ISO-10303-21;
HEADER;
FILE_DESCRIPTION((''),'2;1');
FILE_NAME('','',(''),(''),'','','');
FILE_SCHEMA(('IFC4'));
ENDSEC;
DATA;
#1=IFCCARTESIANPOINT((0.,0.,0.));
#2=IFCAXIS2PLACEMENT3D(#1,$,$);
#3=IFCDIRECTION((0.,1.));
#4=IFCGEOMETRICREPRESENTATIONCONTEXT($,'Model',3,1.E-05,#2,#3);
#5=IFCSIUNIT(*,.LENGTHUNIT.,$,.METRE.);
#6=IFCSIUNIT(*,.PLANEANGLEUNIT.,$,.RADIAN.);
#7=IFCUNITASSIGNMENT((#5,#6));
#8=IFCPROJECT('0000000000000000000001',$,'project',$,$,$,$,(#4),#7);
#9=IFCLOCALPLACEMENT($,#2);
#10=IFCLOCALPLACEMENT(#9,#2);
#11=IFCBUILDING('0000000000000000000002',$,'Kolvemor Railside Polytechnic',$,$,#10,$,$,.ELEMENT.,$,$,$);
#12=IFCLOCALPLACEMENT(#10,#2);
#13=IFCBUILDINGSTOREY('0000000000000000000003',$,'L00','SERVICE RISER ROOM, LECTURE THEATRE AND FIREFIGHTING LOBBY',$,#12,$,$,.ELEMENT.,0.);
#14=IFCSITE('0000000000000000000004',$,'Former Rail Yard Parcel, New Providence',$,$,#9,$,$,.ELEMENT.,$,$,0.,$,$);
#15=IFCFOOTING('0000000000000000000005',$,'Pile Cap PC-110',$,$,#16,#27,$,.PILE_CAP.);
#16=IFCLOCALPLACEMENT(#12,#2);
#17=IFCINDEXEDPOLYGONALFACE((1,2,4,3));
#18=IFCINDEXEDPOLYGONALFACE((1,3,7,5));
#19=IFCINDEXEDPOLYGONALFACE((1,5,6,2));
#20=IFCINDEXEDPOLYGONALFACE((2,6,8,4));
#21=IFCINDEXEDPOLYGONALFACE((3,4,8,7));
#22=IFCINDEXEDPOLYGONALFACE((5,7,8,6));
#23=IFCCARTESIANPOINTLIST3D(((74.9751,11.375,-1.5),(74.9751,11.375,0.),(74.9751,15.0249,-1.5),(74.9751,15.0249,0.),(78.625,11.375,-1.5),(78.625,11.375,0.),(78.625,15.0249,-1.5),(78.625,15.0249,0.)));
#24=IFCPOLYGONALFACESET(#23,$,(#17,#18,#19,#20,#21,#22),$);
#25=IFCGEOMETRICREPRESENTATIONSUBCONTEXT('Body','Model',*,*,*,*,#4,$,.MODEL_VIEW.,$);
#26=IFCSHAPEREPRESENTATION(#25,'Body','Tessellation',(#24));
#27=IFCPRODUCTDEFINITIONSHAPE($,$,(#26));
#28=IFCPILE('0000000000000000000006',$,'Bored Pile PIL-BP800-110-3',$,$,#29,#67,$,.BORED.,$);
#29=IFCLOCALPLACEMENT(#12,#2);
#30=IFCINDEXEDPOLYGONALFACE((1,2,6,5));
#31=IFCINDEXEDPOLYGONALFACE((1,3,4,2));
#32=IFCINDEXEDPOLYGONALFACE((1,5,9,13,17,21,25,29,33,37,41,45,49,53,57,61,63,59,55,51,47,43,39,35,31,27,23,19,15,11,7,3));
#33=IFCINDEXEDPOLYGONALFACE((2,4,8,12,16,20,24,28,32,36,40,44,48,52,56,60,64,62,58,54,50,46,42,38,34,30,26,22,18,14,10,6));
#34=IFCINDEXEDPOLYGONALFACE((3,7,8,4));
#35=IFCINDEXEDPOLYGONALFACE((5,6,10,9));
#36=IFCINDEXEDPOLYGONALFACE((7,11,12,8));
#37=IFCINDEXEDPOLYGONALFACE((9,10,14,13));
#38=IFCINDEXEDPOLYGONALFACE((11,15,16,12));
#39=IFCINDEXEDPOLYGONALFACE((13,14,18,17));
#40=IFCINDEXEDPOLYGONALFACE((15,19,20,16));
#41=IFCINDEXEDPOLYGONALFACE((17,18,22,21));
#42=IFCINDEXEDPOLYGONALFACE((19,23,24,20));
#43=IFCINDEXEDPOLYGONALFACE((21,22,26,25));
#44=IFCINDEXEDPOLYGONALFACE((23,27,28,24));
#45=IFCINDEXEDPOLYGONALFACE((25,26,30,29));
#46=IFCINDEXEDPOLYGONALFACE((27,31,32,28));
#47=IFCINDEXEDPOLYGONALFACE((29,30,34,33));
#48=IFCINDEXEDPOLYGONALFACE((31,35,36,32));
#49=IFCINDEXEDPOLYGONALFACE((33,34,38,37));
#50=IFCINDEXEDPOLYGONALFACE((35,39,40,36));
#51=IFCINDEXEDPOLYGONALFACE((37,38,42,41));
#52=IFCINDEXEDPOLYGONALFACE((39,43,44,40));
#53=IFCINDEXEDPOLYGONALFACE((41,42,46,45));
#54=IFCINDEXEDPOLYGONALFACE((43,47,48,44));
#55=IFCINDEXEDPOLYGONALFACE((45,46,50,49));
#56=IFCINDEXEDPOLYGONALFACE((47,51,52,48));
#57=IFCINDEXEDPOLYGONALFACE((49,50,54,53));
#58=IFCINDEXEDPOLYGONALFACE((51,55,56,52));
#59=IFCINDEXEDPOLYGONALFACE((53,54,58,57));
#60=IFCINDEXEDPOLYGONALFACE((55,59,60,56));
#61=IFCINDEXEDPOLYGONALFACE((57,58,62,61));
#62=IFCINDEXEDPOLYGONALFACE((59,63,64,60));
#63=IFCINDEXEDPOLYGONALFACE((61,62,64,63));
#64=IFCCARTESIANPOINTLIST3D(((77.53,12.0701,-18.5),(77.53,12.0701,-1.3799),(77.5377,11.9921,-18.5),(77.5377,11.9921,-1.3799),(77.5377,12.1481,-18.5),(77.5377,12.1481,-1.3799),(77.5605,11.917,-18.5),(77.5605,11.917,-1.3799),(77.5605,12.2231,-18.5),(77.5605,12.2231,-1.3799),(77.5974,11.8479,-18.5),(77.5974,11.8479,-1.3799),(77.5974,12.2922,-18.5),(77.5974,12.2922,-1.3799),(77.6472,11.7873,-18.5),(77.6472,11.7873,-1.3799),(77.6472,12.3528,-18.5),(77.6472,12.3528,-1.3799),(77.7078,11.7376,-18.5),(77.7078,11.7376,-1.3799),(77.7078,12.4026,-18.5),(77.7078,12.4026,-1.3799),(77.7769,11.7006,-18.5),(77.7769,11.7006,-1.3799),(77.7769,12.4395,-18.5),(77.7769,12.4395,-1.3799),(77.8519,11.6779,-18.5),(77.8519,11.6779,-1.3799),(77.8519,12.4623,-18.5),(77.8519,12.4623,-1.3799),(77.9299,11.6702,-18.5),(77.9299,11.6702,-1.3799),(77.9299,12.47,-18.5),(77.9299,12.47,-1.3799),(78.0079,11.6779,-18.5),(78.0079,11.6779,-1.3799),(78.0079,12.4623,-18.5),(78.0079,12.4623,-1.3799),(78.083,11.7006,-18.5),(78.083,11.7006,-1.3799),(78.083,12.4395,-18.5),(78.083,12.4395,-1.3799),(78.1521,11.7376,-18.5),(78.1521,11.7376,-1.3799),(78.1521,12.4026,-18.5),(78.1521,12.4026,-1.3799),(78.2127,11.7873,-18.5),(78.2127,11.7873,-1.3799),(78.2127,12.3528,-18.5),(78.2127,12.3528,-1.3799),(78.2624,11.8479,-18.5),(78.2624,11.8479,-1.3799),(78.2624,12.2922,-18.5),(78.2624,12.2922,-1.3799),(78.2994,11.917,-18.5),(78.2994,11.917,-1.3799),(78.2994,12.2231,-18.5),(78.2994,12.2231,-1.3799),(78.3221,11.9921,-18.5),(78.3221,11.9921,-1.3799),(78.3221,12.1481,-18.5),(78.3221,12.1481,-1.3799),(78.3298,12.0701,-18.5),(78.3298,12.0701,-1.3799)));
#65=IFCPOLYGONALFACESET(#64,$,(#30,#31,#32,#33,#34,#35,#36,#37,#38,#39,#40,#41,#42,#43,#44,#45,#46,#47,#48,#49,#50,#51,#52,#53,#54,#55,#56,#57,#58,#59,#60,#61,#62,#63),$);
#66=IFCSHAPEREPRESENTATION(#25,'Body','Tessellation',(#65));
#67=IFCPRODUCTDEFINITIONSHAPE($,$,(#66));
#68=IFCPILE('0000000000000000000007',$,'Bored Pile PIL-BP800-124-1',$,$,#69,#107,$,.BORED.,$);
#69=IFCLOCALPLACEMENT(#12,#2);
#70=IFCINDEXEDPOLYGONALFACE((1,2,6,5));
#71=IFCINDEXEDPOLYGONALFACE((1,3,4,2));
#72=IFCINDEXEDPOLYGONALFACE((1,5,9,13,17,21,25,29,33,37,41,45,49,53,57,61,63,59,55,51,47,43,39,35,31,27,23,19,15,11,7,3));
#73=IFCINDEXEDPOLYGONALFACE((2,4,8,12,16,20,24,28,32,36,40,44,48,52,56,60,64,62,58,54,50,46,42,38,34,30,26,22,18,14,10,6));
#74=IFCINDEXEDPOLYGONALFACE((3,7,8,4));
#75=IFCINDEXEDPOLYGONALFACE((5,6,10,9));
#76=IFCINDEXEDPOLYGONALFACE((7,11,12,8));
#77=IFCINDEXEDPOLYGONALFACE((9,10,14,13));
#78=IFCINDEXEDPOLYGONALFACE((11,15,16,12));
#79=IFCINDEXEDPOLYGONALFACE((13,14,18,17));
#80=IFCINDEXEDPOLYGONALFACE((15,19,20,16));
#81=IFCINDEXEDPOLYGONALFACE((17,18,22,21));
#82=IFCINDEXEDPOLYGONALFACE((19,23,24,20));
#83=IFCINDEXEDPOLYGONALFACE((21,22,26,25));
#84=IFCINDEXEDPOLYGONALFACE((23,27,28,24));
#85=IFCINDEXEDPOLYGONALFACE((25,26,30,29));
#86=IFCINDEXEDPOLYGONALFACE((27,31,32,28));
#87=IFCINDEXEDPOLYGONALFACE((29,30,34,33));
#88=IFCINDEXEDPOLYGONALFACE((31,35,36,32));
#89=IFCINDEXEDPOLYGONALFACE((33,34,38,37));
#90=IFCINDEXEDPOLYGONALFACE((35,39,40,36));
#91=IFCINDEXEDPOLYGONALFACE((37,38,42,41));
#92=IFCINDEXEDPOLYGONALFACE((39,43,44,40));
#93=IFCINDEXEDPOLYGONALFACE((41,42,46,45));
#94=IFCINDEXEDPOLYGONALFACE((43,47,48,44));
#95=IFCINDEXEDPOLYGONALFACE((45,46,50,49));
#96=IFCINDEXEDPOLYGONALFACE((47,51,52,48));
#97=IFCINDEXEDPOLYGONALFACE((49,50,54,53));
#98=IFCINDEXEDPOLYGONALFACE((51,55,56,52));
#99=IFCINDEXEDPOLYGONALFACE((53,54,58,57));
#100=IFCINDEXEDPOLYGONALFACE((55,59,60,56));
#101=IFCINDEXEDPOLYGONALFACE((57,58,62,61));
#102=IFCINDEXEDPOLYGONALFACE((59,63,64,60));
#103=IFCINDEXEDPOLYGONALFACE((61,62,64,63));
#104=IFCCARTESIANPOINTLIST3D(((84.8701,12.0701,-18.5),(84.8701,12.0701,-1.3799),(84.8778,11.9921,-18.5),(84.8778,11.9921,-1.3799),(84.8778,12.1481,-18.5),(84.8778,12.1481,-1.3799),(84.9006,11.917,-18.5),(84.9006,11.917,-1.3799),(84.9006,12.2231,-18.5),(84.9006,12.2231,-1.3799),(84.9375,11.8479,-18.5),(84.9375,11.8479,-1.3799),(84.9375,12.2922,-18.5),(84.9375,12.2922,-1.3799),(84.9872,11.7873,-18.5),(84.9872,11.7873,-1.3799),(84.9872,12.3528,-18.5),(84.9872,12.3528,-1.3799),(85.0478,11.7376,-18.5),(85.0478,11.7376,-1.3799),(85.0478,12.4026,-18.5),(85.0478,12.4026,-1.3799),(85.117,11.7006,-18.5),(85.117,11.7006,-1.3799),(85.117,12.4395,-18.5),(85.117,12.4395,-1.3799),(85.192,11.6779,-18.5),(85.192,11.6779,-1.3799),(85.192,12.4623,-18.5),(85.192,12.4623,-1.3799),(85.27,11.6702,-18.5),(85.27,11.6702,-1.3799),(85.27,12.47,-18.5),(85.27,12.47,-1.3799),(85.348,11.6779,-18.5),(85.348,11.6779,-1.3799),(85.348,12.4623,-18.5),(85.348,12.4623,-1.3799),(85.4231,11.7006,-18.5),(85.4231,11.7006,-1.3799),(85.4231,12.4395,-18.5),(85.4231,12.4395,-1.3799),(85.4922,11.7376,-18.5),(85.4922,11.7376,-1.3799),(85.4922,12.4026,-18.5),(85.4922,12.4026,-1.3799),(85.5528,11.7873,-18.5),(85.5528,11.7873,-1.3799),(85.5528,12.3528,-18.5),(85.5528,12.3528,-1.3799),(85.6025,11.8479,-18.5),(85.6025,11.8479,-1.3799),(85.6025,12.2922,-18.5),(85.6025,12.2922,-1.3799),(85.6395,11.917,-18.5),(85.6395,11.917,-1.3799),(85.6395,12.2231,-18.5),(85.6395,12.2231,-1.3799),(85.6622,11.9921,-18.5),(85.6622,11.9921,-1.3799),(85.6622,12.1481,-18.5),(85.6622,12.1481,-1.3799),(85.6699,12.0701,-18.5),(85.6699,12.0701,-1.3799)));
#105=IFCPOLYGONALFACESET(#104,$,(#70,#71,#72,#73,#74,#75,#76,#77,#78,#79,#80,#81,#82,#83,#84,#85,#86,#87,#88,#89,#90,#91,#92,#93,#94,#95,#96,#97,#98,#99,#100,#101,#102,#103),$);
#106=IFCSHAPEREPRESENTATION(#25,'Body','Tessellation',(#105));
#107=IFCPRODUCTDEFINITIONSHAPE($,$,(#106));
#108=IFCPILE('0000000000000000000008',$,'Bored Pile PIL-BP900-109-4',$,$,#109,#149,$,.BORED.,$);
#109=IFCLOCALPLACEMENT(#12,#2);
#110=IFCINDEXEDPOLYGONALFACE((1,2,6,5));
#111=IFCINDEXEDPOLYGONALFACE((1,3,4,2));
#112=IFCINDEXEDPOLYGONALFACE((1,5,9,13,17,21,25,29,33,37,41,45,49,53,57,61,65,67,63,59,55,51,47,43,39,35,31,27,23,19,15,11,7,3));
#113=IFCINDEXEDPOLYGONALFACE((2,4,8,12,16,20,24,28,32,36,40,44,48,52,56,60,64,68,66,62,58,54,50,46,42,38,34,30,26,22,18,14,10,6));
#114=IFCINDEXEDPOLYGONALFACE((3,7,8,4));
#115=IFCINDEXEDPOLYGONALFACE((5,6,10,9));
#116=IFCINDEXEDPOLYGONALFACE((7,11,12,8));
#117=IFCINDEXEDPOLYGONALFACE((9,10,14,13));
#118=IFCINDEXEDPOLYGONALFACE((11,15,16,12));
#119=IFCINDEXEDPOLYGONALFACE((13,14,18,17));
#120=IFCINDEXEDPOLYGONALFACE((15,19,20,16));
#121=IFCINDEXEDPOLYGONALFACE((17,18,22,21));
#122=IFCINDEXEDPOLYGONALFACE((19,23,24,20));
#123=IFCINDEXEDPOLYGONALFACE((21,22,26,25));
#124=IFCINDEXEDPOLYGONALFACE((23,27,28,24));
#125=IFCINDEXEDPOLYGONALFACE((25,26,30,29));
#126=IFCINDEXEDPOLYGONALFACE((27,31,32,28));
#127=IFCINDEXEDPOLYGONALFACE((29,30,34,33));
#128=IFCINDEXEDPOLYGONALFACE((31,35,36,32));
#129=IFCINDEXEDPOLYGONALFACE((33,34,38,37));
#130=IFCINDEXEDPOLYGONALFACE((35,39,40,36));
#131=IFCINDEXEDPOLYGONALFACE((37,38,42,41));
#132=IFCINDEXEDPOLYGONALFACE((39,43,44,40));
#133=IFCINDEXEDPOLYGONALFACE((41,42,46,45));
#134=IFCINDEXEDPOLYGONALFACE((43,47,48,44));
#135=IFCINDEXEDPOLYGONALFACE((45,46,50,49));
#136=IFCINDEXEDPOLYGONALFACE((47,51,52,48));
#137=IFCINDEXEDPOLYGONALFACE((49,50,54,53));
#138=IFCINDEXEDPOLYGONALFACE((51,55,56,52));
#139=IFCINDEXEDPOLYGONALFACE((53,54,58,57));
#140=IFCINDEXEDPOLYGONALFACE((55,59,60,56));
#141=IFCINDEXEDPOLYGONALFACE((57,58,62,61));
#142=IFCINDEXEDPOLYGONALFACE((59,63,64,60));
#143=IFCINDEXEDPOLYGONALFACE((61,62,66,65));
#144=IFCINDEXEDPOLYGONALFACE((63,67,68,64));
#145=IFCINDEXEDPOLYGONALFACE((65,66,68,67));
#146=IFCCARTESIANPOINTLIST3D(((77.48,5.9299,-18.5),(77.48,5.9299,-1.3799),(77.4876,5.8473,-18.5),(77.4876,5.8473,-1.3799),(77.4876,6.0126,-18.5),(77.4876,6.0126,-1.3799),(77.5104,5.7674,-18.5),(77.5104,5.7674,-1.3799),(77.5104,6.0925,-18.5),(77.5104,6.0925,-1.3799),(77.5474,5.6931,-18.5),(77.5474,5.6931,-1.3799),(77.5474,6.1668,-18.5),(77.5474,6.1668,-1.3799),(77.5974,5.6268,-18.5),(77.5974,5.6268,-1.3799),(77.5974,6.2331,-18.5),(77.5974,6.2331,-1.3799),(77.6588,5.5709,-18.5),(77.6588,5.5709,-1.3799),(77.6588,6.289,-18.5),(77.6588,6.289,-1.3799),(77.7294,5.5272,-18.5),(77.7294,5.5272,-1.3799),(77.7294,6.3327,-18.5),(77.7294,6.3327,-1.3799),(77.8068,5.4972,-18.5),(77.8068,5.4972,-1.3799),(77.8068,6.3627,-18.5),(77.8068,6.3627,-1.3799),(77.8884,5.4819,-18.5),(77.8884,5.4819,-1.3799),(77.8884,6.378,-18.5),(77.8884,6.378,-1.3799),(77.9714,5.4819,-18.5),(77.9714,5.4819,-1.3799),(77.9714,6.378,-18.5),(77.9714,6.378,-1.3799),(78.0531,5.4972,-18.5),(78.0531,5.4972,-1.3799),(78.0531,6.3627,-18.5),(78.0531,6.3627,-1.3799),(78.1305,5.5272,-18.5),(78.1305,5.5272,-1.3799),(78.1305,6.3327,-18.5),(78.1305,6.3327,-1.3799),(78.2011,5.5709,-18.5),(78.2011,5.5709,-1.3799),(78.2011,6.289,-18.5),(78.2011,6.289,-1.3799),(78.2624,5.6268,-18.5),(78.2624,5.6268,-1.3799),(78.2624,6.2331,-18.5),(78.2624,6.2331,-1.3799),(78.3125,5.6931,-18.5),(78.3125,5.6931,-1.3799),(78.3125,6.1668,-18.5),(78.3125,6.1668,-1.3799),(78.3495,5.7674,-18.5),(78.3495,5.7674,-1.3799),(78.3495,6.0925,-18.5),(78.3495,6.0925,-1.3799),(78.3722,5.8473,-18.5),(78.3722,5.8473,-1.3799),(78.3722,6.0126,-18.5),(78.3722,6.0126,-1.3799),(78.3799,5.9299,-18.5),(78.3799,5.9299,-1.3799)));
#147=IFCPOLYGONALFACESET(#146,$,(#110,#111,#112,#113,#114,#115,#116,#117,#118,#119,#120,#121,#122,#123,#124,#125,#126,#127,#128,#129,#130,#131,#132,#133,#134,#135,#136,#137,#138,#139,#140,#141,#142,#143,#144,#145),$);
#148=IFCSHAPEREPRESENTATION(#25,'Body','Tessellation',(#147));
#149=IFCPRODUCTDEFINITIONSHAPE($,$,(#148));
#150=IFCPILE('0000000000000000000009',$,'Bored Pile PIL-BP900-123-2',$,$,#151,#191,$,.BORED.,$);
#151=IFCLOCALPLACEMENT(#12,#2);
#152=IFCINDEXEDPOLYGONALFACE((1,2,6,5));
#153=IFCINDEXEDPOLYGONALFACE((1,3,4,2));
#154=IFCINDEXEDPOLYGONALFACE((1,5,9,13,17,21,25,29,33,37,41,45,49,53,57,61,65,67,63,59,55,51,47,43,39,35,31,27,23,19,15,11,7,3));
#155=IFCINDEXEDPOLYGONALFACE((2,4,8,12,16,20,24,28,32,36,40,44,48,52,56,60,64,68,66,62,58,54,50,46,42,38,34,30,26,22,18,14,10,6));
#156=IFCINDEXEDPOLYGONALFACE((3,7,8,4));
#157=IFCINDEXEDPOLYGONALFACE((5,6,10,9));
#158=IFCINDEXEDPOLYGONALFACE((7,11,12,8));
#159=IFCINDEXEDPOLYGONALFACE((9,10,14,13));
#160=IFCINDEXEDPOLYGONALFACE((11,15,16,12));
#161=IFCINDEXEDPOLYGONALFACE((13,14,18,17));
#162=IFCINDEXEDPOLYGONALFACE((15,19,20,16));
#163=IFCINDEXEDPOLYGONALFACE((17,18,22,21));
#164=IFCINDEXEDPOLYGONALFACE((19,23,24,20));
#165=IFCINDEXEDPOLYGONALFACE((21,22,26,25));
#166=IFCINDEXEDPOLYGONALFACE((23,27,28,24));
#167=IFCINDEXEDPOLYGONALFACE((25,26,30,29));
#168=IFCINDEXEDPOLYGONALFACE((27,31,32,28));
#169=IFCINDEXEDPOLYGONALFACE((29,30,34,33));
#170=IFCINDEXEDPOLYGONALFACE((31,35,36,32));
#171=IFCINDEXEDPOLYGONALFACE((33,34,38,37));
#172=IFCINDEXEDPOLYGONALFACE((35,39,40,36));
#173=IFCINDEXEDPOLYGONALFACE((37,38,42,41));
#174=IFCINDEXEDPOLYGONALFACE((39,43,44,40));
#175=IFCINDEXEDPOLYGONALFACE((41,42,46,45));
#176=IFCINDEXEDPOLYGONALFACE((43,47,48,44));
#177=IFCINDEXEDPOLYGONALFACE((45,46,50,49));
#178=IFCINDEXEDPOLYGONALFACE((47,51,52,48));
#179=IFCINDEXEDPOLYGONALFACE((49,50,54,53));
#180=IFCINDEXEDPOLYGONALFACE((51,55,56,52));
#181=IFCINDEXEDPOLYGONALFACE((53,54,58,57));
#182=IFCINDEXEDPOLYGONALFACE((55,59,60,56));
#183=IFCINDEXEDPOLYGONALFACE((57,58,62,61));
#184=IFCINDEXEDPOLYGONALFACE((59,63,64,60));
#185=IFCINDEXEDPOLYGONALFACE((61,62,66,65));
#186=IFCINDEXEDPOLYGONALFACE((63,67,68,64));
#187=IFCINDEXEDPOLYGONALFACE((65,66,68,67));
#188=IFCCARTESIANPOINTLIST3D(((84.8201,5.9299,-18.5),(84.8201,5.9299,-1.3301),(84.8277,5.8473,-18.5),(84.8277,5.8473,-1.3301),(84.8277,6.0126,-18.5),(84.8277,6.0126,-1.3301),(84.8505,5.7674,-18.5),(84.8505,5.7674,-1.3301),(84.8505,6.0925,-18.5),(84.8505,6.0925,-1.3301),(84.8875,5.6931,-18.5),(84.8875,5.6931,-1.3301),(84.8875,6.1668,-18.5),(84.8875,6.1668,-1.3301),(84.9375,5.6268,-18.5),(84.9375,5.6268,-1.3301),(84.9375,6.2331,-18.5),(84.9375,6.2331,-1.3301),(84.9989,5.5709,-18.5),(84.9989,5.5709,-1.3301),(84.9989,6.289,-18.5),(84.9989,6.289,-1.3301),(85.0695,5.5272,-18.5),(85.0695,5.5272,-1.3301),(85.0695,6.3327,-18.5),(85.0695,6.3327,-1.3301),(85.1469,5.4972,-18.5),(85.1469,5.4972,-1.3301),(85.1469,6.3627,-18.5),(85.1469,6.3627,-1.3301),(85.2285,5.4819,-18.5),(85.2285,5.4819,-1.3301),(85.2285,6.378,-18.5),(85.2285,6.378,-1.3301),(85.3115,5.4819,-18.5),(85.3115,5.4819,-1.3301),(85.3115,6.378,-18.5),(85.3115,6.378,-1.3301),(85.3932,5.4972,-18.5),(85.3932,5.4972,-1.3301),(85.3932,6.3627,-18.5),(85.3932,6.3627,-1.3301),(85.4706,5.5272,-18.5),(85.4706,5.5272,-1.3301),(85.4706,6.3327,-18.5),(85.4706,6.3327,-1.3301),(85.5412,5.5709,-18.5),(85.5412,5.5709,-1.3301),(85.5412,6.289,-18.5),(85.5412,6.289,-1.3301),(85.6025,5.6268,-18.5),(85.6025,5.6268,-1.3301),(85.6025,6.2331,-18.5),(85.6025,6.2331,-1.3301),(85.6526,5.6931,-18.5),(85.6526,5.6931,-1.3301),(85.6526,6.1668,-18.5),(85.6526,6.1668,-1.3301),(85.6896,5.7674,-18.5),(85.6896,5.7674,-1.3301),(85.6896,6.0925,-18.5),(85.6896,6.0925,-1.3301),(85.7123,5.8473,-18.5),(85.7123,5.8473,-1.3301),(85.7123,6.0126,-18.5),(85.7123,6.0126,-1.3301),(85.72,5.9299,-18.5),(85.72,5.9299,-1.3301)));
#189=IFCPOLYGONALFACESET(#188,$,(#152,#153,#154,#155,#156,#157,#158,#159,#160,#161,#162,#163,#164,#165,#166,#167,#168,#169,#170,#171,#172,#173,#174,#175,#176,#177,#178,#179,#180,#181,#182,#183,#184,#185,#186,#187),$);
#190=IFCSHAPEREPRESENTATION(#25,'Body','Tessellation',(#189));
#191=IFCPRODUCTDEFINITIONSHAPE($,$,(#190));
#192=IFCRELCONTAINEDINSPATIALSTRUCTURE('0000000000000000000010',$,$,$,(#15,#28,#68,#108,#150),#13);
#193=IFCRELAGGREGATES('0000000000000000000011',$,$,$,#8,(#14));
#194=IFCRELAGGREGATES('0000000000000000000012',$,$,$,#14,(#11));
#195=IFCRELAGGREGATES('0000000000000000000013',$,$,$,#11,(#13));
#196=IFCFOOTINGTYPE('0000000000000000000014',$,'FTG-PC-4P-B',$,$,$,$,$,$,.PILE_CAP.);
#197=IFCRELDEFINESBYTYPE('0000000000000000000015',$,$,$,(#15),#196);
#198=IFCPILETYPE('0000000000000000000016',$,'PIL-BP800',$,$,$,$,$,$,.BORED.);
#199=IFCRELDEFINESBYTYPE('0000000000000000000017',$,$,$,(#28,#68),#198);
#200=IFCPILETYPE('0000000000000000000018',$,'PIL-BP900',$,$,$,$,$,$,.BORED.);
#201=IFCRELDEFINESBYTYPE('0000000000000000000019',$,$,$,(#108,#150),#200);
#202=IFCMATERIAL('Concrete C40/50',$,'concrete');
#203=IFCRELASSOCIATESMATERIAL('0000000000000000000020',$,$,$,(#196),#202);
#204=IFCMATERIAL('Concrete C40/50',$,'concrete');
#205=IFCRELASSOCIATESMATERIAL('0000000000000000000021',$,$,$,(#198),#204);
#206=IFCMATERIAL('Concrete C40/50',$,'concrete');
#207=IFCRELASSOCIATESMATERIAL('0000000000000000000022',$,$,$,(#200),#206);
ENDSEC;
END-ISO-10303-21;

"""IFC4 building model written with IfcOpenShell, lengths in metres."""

from ifc_helpers import new_model, si_unit, direction, frame, origin, origin_2d, place, context, subcontext, project, spatial, rectangle, circle, extrude, material, material_profile, profile_set, type_object, element, save


model = new_model("IFC4")

# Units and contexts
model_context = context("Model", 3, precision=1e-05, world=origin(), true_north=direction((0.0, 1.0)))
body_context = subcontext(model_context, "Body", "Model", "MODEL_VIEW")
ifc_project = project(units=[si_unit("LENGTHUNIT", "METRE"), si_unit("PLANEANGLEUNIT", "RADIAN")], contexts=[model_context])

# Site, building, storey
site_placement = place(None, origin())
site = spatial("IfcSite", under=ifc_project, at=site_placement, Name="Former Rail Yard Parcel, New Providence", CompositionType="ELEMENT", RefElevation=0.0)
building_placement = place(site_placement, origin())
building = spatial("IfcBuilding", under=site, at=building_placement, Name="Kolvemor Railside Polytechnic", CompositionType="ELEMENT")
storey_placement = place(building_placement, origin())
storey = spatial("IfcBuildingStorey", under=building, at=storey_placement, Name="L00", Description="SERVICE RISER ROOM, LECTURE THEATRE AND FIREFIGHTING LOBBY", CompositionType="ELEMENT", Elevation=0.0)

# Footing
ifc_material_1 = material(Name="Concrete C40/50", Category="concrete")
footing_type = type_object("IfcFootingType", Name="FTG-PC-4P-B", PredefinedType="PILE_CAP", material=ifc_material_1)
footing_placement = place(storey_placement, frame((76.8, 13.2, -1.5), z_axis=(0.0, 0.0, 1.0), x_axis=(1.0, 0.0, 0.0)))
element("IfcFooting", 1, at=footing_placement, inside=storey, type_object=footing_type, Name="Pile Cap PC-110", PredefinedType="PILE_CAP", context=body_context, shape_type="SweptSolid", body=[
    extrude(rectangle(XDim=3.6499, YDim=3.6499, at=origin_2d()), origin(), (0.0, 0.0, 1.0), 1.5),
])

# Piles
ifc_material_2 = material(Name="Concrete C40/50", Category="concrete")
ifc_material_profile_1 = material_profile(ifc_material_2, circle(Radius=0.3999, at=origin_2d()), Name="BP800")
ifc_profile_set_1 = profile_set([ifc_material_profile_1], Name="Concrete C40/50")
pile_type_1 = type_object("IfcPileType", Name="PIL-BP800", PredefinedType="BORED", material=ifc_profile_set_1)
for number, where, z_axis, x_axis, name in (
    (2, (77.9299, 12.0701, -1.3799), (0.0, 0.0, -1.0), (1.0, 0.0, 0.0), "Bored Pile PIL-BP800-110-3"),
    (3, (85.27, 12.0701, -1.3799), (0.0, 0.0, -1.0), (1.0, 0.0, 0.0), "Bored Pile PIL-BP800-124-1"),
):
    element("IfcPile", number, at=place(storey_placement, frame(where, z_axis=z_axis, x_axis=x_axis)), inside=storey, type_object=pile_type_1, Name=name, PredefinedType="BORED", context=body_context, shape_type="SweptSolid", body=[
        extrude(circle(Radius=0.3999, at=origin_2d()), origin(), (0.0, 0.0, 1.0), 17.1201),
    ])
ifc_material_3 = material(Name="Concrete C40/50", Category="concrete")
ifc_material_profile_2 = material_profile(ifc_material_3, circle(Radius=0.45, at=origin_2d()), Name="BP900")
ifc_profile_set_2 = profile_set([ifc_material_profile_2], Name="Concrete C40/50")
pile_type_2 = type_object("IfcPileType", Name="PIL-BP900", PredefinedType="BORED", material=ifc_profile_set_2)
pile_1_placement = place(storey_placement, frame((77.9299, 5.9299, -1.3799), z_axis=(0.0, 0.0, -1.0), x_axis=(1.0, 0.0, 0.0)))
element("IfcPile", 4, at=pile_1_placement, inside=storey, type_object=pile_type_2, Name="Bored Pile PIL-BP900-109-4", PredefinedType="BORED", context=body_context, shape_type="SweptSolid", body=[
    extrude(circle(Radius=0.45, at=origin_2d()), origin(), (0.0, 0.0, 1.0), 17.1201),
])
pile_2_placement = place(storey_placement, frame((85.27, 5.9299, -1.3301), z_axis=(0.0, 0.0, -1.0), x_axis=(1.0, 0.0, 0.0)))
element("IfcPile", 5, at=pile_2_placement, inside=storey, type_object=pile_type_2, Name="Bored Pile PIL-BP900-123-2", PredefinedType="BORED", context=body_context, shape_type="SweptSolid", body=[
    extrude(circle(Radius=0.45, at=origin_2d()), origin(), (0.0, 0.0, 1.0), 17.1699),
])

save(model, "model.ifc")
